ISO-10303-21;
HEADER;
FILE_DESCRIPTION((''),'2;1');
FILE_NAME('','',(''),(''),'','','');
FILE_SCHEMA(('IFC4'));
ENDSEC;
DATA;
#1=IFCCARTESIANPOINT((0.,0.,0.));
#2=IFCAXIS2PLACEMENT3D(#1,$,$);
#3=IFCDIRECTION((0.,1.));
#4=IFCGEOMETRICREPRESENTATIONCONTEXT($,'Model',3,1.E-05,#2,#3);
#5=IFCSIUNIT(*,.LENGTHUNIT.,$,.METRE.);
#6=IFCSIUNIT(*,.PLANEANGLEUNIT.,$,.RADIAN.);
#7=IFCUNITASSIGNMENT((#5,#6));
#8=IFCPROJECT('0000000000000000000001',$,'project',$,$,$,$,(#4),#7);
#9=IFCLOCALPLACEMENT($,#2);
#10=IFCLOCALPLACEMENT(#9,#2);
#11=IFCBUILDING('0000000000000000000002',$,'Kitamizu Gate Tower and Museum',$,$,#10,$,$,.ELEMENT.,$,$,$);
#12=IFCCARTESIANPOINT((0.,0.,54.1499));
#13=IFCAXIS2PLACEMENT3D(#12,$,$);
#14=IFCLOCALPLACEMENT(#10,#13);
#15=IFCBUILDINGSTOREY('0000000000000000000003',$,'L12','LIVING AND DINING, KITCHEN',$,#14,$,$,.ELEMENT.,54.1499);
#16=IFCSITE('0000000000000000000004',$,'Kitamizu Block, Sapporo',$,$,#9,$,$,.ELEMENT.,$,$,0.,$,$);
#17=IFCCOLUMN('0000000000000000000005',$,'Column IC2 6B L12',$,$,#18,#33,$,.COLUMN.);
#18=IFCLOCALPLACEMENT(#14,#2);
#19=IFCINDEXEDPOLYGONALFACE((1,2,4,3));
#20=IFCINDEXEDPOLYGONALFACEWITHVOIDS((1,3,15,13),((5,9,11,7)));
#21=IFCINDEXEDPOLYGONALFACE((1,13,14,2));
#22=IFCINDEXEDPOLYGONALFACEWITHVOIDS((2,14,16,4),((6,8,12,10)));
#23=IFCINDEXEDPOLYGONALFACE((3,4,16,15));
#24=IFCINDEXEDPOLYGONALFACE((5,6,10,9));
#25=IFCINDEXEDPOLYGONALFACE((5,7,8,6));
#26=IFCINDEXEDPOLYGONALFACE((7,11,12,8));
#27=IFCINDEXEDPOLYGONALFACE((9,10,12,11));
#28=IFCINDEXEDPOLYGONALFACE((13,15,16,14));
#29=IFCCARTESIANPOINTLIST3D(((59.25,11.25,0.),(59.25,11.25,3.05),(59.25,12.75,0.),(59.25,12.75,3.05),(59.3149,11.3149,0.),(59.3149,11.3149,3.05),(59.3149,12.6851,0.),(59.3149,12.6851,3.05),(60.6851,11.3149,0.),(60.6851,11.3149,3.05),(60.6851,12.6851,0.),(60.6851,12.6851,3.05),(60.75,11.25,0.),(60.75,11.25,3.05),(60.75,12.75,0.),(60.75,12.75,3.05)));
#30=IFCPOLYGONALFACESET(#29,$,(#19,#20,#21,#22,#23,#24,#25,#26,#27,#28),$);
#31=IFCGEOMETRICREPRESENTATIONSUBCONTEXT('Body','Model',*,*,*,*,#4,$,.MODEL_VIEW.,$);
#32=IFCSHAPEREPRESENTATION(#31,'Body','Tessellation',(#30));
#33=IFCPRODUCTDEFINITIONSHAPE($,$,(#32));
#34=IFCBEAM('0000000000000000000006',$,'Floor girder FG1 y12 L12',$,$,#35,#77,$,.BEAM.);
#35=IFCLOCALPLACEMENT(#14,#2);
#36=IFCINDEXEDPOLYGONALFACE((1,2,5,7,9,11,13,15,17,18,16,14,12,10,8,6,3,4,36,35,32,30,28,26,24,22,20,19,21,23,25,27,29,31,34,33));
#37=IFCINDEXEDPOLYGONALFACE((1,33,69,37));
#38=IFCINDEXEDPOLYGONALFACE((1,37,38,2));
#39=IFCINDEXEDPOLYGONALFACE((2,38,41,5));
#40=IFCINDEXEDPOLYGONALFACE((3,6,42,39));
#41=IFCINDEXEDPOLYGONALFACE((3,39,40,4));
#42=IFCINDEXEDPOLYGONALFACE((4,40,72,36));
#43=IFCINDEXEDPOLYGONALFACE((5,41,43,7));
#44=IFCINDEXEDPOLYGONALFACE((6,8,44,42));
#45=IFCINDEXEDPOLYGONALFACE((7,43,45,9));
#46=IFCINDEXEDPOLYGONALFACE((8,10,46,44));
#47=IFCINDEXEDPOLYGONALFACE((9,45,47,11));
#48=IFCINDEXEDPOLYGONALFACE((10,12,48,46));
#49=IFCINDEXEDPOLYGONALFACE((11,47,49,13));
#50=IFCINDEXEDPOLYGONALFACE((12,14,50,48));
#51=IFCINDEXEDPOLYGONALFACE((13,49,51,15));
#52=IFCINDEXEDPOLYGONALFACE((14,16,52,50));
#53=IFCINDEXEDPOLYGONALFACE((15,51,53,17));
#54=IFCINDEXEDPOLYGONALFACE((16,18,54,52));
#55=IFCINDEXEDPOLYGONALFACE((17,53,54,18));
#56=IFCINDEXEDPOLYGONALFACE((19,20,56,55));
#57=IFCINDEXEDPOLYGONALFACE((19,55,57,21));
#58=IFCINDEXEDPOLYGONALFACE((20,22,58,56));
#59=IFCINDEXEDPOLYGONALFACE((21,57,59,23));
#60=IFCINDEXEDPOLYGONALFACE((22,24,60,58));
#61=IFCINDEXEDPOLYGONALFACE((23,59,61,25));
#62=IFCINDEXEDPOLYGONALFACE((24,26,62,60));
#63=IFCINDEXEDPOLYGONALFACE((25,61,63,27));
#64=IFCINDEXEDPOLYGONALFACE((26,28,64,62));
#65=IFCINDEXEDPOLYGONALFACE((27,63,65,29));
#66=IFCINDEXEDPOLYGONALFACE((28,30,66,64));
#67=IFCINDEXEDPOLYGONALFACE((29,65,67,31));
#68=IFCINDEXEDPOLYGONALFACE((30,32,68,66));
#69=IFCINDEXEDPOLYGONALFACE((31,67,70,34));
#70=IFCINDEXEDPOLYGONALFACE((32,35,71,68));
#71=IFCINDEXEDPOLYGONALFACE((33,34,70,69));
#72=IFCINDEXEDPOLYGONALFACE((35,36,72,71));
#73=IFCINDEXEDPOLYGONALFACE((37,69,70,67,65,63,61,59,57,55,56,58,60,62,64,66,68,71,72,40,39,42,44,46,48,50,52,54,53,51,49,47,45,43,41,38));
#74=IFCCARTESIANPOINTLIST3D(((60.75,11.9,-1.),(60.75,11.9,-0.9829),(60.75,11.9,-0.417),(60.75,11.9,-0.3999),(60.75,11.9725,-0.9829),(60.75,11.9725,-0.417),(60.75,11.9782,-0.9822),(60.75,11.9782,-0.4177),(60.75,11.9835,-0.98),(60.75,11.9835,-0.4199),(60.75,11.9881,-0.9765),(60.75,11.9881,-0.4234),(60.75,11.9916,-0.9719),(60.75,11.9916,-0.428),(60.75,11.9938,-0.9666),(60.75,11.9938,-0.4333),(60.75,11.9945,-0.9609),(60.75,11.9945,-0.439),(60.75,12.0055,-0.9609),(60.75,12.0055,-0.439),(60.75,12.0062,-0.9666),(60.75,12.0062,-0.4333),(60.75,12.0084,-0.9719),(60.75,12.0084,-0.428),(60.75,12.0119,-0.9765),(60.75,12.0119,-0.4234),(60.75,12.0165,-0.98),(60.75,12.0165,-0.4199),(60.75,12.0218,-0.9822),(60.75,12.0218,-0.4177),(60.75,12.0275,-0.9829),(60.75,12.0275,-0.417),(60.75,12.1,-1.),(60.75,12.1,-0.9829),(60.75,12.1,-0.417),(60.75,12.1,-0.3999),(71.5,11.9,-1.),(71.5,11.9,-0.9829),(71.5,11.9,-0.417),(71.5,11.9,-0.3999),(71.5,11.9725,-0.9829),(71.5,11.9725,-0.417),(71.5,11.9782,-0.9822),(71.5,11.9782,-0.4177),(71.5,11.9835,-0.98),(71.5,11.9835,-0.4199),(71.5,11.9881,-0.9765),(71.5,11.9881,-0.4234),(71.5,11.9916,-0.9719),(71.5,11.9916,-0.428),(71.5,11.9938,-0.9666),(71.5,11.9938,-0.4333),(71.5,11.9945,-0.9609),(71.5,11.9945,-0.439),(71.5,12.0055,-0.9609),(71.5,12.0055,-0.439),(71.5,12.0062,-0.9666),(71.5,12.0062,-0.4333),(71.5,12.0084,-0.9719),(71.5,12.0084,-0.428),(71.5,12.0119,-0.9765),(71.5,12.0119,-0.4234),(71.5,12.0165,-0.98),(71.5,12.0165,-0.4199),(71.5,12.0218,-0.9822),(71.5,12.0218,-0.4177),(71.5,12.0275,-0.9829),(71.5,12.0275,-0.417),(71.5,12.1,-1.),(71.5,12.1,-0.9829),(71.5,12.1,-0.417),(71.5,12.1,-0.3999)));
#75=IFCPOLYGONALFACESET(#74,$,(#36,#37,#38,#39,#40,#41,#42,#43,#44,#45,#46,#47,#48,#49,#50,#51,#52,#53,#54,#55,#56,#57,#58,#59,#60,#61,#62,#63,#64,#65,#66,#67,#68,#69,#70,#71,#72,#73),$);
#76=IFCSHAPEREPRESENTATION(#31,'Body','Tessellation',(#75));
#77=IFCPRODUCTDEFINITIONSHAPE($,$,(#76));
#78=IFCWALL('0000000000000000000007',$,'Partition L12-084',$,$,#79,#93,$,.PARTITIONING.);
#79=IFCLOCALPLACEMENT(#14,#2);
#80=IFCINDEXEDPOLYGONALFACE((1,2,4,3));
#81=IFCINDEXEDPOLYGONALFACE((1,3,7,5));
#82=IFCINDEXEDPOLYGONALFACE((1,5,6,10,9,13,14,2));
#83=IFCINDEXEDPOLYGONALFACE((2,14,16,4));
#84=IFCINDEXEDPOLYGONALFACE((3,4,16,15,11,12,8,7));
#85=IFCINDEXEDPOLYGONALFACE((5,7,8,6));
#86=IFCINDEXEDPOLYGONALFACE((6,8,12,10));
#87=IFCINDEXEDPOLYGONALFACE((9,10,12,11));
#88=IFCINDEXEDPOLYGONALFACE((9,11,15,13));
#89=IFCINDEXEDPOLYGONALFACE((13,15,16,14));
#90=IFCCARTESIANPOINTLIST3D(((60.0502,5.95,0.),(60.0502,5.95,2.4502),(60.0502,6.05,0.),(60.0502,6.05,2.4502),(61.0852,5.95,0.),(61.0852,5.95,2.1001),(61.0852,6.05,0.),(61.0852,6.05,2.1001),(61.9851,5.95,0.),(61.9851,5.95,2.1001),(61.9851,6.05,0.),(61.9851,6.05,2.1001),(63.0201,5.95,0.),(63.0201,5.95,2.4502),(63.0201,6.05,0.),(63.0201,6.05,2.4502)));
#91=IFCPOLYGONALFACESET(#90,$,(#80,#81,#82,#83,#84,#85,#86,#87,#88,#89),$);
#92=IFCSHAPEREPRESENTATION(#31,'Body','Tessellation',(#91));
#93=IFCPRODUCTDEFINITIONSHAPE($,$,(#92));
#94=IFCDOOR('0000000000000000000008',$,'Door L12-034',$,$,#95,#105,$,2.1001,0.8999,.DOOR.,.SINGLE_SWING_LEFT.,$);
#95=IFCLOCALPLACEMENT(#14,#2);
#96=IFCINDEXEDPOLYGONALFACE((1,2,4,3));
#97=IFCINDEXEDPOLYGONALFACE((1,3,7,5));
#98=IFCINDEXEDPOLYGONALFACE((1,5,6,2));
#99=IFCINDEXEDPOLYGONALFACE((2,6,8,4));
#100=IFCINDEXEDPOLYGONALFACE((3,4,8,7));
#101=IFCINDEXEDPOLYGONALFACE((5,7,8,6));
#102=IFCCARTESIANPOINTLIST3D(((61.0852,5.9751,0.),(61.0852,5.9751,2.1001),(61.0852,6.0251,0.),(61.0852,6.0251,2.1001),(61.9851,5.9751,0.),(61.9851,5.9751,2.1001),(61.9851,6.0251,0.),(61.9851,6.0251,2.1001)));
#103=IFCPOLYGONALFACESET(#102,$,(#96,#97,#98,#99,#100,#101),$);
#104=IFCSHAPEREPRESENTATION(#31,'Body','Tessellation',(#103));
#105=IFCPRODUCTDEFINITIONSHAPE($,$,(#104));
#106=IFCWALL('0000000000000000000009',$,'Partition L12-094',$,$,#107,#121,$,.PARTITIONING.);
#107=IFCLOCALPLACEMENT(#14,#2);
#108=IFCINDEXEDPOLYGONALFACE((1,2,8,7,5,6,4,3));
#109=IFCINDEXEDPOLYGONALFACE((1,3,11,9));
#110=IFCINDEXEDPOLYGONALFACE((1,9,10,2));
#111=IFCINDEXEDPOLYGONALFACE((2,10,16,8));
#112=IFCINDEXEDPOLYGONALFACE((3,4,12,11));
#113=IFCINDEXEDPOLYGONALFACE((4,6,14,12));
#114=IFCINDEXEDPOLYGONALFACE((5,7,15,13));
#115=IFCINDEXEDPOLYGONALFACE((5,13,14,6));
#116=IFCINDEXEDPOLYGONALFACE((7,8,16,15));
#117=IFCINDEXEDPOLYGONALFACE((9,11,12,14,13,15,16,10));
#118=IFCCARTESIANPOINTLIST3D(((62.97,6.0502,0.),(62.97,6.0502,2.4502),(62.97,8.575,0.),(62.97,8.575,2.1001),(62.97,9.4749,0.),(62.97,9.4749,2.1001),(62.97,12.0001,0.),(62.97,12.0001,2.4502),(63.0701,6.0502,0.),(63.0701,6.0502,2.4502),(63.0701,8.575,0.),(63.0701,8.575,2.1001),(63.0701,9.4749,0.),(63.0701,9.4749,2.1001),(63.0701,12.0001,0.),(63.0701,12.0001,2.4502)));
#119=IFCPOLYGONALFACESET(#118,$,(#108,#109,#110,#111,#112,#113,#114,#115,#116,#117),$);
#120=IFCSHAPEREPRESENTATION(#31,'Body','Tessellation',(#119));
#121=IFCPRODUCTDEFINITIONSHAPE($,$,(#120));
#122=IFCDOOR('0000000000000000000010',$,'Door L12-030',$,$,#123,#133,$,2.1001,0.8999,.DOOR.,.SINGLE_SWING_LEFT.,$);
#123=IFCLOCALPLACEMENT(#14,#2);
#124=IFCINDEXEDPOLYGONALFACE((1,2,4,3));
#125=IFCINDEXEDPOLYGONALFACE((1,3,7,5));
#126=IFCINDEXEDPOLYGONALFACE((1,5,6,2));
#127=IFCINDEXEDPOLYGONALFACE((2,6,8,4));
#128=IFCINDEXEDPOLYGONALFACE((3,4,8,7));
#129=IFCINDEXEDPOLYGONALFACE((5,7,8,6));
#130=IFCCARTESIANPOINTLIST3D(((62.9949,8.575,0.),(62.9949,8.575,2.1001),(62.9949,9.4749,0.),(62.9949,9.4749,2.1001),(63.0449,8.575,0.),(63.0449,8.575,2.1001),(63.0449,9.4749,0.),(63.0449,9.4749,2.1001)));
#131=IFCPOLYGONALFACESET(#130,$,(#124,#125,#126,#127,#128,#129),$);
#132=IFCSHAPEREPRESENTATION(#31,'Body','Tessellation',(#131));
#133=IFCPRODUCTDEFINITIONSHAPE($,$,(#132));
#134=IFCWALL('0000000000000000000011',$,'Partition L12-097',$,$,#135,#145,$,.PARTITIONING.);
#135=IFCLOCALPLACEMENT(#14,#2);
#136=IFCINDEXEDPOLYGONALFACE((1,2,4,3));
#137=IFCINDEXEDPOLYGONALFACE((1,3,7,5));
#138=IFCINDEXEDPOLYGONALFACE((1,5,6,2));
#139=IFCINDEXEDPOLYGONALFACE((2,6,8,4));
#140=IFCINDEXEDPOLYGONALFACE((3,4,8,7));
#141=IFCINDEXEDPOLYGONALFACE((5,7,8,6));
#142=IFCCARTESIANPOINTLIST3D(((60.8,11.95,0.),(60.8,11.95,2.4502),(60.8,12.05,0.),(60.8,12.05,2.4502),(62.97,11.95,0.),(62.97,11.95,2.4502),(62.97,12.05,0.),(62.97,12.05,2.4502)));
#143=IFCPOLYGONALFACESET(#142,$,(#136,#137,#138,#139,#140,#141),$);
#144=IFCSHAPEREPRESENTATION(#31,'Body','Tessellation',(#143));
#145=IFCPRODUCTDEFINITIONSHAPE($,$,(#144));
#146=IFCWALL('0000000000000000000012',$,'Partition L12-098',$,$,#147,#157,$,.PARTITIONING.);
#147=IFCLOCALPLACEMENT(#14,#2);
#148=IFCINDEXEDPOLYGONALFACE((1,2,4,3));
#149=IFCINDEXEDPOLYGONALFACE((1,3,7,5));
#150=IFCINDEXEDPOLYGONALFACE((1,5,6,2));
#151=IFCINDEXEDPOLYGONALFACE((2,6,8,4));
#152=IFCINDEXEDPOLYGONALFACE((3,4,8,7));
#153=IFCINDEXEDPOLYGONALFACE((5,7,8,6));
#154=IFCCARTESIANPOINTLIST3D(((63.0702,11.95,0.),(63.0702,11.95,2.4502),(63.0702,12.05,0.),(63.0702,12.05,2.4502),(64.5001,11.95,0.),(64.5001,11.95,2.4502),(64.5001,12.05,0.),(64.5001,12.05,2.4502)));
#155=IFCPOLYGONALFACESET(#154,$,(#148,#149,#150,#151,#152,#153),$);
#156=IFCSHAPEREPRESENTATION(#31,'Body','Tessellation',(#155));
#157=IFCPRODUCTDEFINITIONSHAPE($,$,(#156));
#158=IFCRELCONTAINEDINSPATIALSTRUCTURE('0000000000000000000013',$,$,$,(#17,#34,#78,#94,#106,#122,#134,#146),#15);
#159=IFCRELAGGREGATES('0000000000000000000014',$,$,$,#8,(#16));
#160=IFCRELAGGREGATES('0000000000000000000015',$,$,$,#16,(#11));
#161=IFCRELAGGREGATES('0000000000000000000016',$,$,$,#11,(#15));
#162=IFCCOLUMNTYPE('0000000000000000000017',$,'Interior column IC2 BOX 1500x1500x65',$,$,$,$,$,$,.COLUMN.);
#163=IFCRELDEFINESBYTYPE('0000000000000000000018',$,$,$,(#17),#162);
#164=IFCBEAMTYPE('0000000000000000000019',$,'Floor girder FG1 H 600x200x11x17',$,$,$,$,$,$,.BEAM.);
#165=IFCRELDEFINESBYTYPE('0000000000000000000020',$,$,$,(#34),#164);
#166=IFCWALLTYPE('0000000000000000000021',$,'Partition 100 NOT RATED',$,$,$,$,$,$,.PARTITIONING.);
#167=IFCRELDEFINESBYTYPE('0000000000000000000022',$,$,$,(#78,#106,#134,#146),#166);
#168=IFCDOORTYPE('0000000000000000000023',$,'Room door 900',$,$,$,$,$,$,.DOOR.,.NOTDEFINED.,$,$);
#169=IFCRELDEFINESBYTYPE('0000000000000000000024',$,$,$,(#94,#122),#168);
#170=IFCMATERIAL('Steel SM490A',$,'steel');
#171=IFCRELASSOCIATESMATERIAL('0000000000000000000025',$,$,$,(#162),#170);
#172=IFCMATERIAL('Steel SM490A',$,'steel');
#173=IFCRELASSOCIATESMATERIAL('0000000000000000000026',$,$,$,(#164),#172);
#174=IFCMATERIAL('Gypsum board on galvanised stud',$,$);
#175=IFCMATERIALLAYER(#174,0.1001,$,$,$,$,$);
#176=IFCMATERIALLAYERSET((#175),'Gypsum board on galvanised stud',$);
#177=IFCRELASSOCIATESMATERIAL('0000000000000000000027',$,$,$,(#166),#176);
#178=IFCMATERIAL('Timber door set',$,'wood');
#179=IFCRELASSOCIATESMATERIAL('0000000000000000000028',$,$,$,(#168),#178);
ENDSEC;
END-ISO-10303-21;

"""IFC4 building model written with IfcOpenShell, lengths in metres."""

from ifc_helpers import new_model, si_unit, direction, frame, frame_2d, origin, origin_2d, place, context, subcontext, project, spatial, rectangle, hollow_rectangle, i_section, extrude, material, layer, layer_set, material_profile, profile_set, type_object, element, fill, save


model = new_model("IFC4")

# Units and contexts
model_context = context("Model", 3, precision=1e-05, world=origin(), true_north=direction((0.0, 1.0)))
body_context = subcontext(model_context, "Body", "Model", "MODEL_VIEW")
ifc_project = project(units=[si_unit("LENGTHUNIT", "METRE"), si_unit("PLANEANGLEUNIT", "RADIAN")], contexts=[model_context])

# Site, building, storey
site_placement = place(None, origin())
site = spatial("IfcSite", under=ifc_project, at=site_placement, Name="Kitamizu Block, Sapporo", CompositionType="ELEMENT", RefElevation=0.0)
building_placement = place(site_placement, origin())
building = spatial("IfcBuilding", under=site, at=building_placement, Name="Kitamizu Gate Tower and Museum", CompositionType="ELEMENT")
storey_placement = place(building_placement, frame((0.0, 0.0, 54.1499)))
storey = spatial("IfcBuildingStorey", under=building, at=storey_placement, Name="L12", Description="LIVING AND DINING, KITCHEN", CompositionType="ELEMENT", Elevation=54.1499)

# Column
ifc_material_1 = material(Name="Steel SM490A", Category="steel")
ifc_material_profile_1 = material_profile(ifc_material_1, hollow_rectangle(XDim=1.5, YDim=1.5, WallThickness=0.0649, at=origin_2d()), Name="BOX 1500x1500x65")
ifc_profile_set_1 = profile_set([ifc_material_profile_1], Name="Steel SM490A")
column_type = type_object("IfcColumnType", Name="Interior column IC2 BOX 1500x1500x65", PredefinedType="COLUMN", material=ifc_profile_set_1)
column_placement = place(storey_placement, frame((60.0, 12.0, 0.0), z_axis=(0.0, 0.0, 1.0), x_axis=(1.0, 0.0, 0.0)))
element("IfcColumn", 1, at=column_placement, inside=storey, type_object=column_type, Name="Column IC2 6B L12", PredefinedType="COLUMN", context=body_context, shape_type="SweptSolid", body=[
    extrude(hollow_rectangle(XDim=1.5, YDim=1.5, WallThickness=0.0649, at=origin_2d()), origin(), (0.0, 0.0, 1.0), 3.05),
])

# Beam
ifc_material_2 = material(Name="Steel SM490A", Category="steel")
ifc_material_profile_2 = material_profile(ifc_material_2, i_section(OverallWidth=0.2, OverallDepth=0.6001, WebThickness=0.011, FlangeThickness=0.0171, FilletRadius=0.022, at=origin_2d()), Name="H-600x200x11x17")
ifc_profile_set_2 = profile_set([ifc_material_profile_2], Name="Steel SM490A")
beam_type = type_object("IfcBeamType", Name="Floor girder FG1 H 600x200x11x17", PredefinedType="BEAM", material=ifc_profile_set_2)
beam_placement = place(storey_placement, frame((60.75, 12.0, -0.7), z_axis=(1.0, 0.0, 0.0), x_axis=(0.0, 1.0, 0.0)))
element("IfcBeam", 2, at=beam_placement, inside=storey, type_object=beam_type, Name="Floor girder FG1 y12 L12", PredefinedType="BEAM", context=body_context, shape_type="SweptSolid", body=[
    extrude(i_section(OverallWidth=0.2, OverallDepth=0.6001, WebThickness=0.011, FlangeThickness=0.0171, FilletRadius=0.022, at=origin_2d()), origin(), (0.0, 0.0, 1.0), 10.75),
])

# Walls, openings, doors
ifc_material_3 = material(Name="Gypsum board on galvanised stud")
ifc_layer = layer(ifc_material_3, 0.1001)
ifc_layer_set = layer_set([ifc_layer], Name="Gypsum board on galvanised stud")
wall_type = type_object("IfcWallType", Name="Partition 100 NOT RATED", PredefinedType="PARTITIONING", material=ifc_layer_set)
wall_1_placement = place(storey_placement, frame((63.02, 6.0, 0.0), z_axis=(0.0, 0.0, 1.0), x_axis=(-1.0, 0.0, 0.0)))
wall_1 = element("IfcWall", 3, at=wall_1_placement, inside=storey, type_object=wall_type, Name="Partition L12-084", PredefinedType="PARTITIONING", context=body_context, shape_type="SweptSolid", body=[
    extrude(rectangle(XDim=2.97, YDim=0.1001, at=frame_2d((1.4849, 0.0))), origin(), (0.0, 0.0, 1.0), 2.4502),
])
opening_1_placement = place(wall_1_placement, frame((1.0349, 0.0, 0.0)))
opening_1 = element("IfcOpeningElement", 4, at=opening_1_placement, cuts=wall_1, PredefinedType="OPENING", context=body_context, shape_type="SweptSolid", body=[
    extrude(rectangle(XDim=0.8999, YDim=2.1001, at=frame_2d((0.45, 1.05))), frame((0.0, 0.0601, 0.0), z_axis=(0.0, -1.0, 0.0), x_axis=(1.0, 0.0, 0.0)), (0.0, 0.0, 1.0), 0.1201),
])
ifc_material_4 = material(Name="Timber door set", Category="wood")
door_type = type_object("IfcDoorType", Name="Room door 900", OperationType="NOTDEFINED", PredefinedType="DOOR", material=ifc_material_4)
door_1_placement = place(opening_1_placement, origin())
door_1 = element("IfcDoor", 5, at=door_1_placement, inside=storey, type_object=door_type, Name="Door L12-034", OperationType="SINGLE_SWING_LEFT", OverallHeight=2.1001, OverallWidth=0.8999, PredefinedType="DOOR", context=body_context, shape_type="SweptSolid", body=[
    extrude(rectangle(XDim=0.8999, YDim=2.1001, at=frame_2d((0.45, 1.05))), frame((0.0, 0.0249, 0.0), z_axis=(0.0, -1.0, 0.0), x_axis=(1.0, 0.0, 0.0)), (0.0, 0.0, 1.0), 0.05),
])
fill(opening_1, door_1)
wall_2_placement = place(storey_placement, frame((63.02, 6.05, 0.0), z_axis=(0.0, 0.0, 1.0), x_axis=(0.0, 1.0, 0.0)))
wall_2 = element("IfcWall", 6, at=wall_2_placement, inside=storey, type_object=wall_type, Name="Partition L12-094", PredefinedType="PARTITIONING", context=body_context, shape_type="SweptSolid", body=[
    extrude(rectangle(XDim=5.95, YDim=0.1001, at=frame_2d((2.9751, 0.0))), origin(), (0.0, 0.0, 1.0), 2.4502),
])
opening_2_placement = place(wall_2_placement, frame((2.5249, 0.0, 0.0)))
opening_2 = element("IfcOpeningElement", 7, at=opening_2_placement, cuts=wall_2, PredefinedType="OPENING", context=body_context, shape_type="SweptSolid", body=[
    extrude(rectangle(XDim=0.8999, YDim=2.1001, at=frame_2d((0.45, 1.05))), frame((0.0, 0.0601, 0.0), z_axis=(0.0, -1.0, 0.0), x_axis=(1.0, 0.0, 0.0)), (0.0, 0.0, 1.0), 0.1201),
])
door_2_placement = place(opening_2_placement, frame((0.8999, 0.0, 0.0), x_axis=(-1.0, 0.0, 0.0)))
door_2 = element("IfcDoor", 8, at=door_2_placement, inside=storey, type_object=door_type, Name="Door L12-030", OperationType="SINGLE_SWING_LEFT", OverallHeight=2.1001, OverallWidth=0.8999, PredefinedType="DOOR", context=body_context, shape_type="SweptSolid", body=[
    extrude(rectangle(XDim=0.8999, YDim=2.1001, at=frame_2d((0.45, 1.05))), frame((0.0, 0.0249, 0.0), z_axis=(0.0, -1.0, 0.0), x_axis=(1.0, 0.0, 0.0)), (0.0, 0.0, 1.0), 0.05),
])
fill(opening_2, door_2)

# Walls
wall_3_placement = place(storey_placement, frame((62.97, 12.0, 0.0), z_axis=(0.0, 0.0, 1.0), x_axis=(-1.0, 0.0, 0.0)))
element("IfcWall", 9, at=wall_3_placement, inside=storey, type_object=wall_type, Name="Partition L12-097", PredefinedType="PARTITIONING", context=body_context, shape_type="SweptSolid", body=[
    extrude(rectangle(XDim=2.1699, YDim=0.1001, at=frame_2d((1.085, 0.0))), origin(), (0.0, 0.0, 1.0), 2.4502),
])
wall_4_placement = place(storey_placement, frame((64.5, 12.0, 0.0), z_axis=(0.0, 0.0, 1.0), x_axis=(-1.0, 0.0, 0.0)))
element("IfcWall", 10, at=wall_4_placement, inside=storey, type_object=wall_type, Name="Partition L12-098", PredefinedType="PARTITIONING", context=body_context, shape_type="SweptSolid", body=[
    extrude(rectangle(XDim=1.4299, YDim=0.1001, at=frame_2d((0.7148, 0.0))), origin(), (0.0, 0.0, 1.0), 2.4502),
])

save(model, "model.ifc")
